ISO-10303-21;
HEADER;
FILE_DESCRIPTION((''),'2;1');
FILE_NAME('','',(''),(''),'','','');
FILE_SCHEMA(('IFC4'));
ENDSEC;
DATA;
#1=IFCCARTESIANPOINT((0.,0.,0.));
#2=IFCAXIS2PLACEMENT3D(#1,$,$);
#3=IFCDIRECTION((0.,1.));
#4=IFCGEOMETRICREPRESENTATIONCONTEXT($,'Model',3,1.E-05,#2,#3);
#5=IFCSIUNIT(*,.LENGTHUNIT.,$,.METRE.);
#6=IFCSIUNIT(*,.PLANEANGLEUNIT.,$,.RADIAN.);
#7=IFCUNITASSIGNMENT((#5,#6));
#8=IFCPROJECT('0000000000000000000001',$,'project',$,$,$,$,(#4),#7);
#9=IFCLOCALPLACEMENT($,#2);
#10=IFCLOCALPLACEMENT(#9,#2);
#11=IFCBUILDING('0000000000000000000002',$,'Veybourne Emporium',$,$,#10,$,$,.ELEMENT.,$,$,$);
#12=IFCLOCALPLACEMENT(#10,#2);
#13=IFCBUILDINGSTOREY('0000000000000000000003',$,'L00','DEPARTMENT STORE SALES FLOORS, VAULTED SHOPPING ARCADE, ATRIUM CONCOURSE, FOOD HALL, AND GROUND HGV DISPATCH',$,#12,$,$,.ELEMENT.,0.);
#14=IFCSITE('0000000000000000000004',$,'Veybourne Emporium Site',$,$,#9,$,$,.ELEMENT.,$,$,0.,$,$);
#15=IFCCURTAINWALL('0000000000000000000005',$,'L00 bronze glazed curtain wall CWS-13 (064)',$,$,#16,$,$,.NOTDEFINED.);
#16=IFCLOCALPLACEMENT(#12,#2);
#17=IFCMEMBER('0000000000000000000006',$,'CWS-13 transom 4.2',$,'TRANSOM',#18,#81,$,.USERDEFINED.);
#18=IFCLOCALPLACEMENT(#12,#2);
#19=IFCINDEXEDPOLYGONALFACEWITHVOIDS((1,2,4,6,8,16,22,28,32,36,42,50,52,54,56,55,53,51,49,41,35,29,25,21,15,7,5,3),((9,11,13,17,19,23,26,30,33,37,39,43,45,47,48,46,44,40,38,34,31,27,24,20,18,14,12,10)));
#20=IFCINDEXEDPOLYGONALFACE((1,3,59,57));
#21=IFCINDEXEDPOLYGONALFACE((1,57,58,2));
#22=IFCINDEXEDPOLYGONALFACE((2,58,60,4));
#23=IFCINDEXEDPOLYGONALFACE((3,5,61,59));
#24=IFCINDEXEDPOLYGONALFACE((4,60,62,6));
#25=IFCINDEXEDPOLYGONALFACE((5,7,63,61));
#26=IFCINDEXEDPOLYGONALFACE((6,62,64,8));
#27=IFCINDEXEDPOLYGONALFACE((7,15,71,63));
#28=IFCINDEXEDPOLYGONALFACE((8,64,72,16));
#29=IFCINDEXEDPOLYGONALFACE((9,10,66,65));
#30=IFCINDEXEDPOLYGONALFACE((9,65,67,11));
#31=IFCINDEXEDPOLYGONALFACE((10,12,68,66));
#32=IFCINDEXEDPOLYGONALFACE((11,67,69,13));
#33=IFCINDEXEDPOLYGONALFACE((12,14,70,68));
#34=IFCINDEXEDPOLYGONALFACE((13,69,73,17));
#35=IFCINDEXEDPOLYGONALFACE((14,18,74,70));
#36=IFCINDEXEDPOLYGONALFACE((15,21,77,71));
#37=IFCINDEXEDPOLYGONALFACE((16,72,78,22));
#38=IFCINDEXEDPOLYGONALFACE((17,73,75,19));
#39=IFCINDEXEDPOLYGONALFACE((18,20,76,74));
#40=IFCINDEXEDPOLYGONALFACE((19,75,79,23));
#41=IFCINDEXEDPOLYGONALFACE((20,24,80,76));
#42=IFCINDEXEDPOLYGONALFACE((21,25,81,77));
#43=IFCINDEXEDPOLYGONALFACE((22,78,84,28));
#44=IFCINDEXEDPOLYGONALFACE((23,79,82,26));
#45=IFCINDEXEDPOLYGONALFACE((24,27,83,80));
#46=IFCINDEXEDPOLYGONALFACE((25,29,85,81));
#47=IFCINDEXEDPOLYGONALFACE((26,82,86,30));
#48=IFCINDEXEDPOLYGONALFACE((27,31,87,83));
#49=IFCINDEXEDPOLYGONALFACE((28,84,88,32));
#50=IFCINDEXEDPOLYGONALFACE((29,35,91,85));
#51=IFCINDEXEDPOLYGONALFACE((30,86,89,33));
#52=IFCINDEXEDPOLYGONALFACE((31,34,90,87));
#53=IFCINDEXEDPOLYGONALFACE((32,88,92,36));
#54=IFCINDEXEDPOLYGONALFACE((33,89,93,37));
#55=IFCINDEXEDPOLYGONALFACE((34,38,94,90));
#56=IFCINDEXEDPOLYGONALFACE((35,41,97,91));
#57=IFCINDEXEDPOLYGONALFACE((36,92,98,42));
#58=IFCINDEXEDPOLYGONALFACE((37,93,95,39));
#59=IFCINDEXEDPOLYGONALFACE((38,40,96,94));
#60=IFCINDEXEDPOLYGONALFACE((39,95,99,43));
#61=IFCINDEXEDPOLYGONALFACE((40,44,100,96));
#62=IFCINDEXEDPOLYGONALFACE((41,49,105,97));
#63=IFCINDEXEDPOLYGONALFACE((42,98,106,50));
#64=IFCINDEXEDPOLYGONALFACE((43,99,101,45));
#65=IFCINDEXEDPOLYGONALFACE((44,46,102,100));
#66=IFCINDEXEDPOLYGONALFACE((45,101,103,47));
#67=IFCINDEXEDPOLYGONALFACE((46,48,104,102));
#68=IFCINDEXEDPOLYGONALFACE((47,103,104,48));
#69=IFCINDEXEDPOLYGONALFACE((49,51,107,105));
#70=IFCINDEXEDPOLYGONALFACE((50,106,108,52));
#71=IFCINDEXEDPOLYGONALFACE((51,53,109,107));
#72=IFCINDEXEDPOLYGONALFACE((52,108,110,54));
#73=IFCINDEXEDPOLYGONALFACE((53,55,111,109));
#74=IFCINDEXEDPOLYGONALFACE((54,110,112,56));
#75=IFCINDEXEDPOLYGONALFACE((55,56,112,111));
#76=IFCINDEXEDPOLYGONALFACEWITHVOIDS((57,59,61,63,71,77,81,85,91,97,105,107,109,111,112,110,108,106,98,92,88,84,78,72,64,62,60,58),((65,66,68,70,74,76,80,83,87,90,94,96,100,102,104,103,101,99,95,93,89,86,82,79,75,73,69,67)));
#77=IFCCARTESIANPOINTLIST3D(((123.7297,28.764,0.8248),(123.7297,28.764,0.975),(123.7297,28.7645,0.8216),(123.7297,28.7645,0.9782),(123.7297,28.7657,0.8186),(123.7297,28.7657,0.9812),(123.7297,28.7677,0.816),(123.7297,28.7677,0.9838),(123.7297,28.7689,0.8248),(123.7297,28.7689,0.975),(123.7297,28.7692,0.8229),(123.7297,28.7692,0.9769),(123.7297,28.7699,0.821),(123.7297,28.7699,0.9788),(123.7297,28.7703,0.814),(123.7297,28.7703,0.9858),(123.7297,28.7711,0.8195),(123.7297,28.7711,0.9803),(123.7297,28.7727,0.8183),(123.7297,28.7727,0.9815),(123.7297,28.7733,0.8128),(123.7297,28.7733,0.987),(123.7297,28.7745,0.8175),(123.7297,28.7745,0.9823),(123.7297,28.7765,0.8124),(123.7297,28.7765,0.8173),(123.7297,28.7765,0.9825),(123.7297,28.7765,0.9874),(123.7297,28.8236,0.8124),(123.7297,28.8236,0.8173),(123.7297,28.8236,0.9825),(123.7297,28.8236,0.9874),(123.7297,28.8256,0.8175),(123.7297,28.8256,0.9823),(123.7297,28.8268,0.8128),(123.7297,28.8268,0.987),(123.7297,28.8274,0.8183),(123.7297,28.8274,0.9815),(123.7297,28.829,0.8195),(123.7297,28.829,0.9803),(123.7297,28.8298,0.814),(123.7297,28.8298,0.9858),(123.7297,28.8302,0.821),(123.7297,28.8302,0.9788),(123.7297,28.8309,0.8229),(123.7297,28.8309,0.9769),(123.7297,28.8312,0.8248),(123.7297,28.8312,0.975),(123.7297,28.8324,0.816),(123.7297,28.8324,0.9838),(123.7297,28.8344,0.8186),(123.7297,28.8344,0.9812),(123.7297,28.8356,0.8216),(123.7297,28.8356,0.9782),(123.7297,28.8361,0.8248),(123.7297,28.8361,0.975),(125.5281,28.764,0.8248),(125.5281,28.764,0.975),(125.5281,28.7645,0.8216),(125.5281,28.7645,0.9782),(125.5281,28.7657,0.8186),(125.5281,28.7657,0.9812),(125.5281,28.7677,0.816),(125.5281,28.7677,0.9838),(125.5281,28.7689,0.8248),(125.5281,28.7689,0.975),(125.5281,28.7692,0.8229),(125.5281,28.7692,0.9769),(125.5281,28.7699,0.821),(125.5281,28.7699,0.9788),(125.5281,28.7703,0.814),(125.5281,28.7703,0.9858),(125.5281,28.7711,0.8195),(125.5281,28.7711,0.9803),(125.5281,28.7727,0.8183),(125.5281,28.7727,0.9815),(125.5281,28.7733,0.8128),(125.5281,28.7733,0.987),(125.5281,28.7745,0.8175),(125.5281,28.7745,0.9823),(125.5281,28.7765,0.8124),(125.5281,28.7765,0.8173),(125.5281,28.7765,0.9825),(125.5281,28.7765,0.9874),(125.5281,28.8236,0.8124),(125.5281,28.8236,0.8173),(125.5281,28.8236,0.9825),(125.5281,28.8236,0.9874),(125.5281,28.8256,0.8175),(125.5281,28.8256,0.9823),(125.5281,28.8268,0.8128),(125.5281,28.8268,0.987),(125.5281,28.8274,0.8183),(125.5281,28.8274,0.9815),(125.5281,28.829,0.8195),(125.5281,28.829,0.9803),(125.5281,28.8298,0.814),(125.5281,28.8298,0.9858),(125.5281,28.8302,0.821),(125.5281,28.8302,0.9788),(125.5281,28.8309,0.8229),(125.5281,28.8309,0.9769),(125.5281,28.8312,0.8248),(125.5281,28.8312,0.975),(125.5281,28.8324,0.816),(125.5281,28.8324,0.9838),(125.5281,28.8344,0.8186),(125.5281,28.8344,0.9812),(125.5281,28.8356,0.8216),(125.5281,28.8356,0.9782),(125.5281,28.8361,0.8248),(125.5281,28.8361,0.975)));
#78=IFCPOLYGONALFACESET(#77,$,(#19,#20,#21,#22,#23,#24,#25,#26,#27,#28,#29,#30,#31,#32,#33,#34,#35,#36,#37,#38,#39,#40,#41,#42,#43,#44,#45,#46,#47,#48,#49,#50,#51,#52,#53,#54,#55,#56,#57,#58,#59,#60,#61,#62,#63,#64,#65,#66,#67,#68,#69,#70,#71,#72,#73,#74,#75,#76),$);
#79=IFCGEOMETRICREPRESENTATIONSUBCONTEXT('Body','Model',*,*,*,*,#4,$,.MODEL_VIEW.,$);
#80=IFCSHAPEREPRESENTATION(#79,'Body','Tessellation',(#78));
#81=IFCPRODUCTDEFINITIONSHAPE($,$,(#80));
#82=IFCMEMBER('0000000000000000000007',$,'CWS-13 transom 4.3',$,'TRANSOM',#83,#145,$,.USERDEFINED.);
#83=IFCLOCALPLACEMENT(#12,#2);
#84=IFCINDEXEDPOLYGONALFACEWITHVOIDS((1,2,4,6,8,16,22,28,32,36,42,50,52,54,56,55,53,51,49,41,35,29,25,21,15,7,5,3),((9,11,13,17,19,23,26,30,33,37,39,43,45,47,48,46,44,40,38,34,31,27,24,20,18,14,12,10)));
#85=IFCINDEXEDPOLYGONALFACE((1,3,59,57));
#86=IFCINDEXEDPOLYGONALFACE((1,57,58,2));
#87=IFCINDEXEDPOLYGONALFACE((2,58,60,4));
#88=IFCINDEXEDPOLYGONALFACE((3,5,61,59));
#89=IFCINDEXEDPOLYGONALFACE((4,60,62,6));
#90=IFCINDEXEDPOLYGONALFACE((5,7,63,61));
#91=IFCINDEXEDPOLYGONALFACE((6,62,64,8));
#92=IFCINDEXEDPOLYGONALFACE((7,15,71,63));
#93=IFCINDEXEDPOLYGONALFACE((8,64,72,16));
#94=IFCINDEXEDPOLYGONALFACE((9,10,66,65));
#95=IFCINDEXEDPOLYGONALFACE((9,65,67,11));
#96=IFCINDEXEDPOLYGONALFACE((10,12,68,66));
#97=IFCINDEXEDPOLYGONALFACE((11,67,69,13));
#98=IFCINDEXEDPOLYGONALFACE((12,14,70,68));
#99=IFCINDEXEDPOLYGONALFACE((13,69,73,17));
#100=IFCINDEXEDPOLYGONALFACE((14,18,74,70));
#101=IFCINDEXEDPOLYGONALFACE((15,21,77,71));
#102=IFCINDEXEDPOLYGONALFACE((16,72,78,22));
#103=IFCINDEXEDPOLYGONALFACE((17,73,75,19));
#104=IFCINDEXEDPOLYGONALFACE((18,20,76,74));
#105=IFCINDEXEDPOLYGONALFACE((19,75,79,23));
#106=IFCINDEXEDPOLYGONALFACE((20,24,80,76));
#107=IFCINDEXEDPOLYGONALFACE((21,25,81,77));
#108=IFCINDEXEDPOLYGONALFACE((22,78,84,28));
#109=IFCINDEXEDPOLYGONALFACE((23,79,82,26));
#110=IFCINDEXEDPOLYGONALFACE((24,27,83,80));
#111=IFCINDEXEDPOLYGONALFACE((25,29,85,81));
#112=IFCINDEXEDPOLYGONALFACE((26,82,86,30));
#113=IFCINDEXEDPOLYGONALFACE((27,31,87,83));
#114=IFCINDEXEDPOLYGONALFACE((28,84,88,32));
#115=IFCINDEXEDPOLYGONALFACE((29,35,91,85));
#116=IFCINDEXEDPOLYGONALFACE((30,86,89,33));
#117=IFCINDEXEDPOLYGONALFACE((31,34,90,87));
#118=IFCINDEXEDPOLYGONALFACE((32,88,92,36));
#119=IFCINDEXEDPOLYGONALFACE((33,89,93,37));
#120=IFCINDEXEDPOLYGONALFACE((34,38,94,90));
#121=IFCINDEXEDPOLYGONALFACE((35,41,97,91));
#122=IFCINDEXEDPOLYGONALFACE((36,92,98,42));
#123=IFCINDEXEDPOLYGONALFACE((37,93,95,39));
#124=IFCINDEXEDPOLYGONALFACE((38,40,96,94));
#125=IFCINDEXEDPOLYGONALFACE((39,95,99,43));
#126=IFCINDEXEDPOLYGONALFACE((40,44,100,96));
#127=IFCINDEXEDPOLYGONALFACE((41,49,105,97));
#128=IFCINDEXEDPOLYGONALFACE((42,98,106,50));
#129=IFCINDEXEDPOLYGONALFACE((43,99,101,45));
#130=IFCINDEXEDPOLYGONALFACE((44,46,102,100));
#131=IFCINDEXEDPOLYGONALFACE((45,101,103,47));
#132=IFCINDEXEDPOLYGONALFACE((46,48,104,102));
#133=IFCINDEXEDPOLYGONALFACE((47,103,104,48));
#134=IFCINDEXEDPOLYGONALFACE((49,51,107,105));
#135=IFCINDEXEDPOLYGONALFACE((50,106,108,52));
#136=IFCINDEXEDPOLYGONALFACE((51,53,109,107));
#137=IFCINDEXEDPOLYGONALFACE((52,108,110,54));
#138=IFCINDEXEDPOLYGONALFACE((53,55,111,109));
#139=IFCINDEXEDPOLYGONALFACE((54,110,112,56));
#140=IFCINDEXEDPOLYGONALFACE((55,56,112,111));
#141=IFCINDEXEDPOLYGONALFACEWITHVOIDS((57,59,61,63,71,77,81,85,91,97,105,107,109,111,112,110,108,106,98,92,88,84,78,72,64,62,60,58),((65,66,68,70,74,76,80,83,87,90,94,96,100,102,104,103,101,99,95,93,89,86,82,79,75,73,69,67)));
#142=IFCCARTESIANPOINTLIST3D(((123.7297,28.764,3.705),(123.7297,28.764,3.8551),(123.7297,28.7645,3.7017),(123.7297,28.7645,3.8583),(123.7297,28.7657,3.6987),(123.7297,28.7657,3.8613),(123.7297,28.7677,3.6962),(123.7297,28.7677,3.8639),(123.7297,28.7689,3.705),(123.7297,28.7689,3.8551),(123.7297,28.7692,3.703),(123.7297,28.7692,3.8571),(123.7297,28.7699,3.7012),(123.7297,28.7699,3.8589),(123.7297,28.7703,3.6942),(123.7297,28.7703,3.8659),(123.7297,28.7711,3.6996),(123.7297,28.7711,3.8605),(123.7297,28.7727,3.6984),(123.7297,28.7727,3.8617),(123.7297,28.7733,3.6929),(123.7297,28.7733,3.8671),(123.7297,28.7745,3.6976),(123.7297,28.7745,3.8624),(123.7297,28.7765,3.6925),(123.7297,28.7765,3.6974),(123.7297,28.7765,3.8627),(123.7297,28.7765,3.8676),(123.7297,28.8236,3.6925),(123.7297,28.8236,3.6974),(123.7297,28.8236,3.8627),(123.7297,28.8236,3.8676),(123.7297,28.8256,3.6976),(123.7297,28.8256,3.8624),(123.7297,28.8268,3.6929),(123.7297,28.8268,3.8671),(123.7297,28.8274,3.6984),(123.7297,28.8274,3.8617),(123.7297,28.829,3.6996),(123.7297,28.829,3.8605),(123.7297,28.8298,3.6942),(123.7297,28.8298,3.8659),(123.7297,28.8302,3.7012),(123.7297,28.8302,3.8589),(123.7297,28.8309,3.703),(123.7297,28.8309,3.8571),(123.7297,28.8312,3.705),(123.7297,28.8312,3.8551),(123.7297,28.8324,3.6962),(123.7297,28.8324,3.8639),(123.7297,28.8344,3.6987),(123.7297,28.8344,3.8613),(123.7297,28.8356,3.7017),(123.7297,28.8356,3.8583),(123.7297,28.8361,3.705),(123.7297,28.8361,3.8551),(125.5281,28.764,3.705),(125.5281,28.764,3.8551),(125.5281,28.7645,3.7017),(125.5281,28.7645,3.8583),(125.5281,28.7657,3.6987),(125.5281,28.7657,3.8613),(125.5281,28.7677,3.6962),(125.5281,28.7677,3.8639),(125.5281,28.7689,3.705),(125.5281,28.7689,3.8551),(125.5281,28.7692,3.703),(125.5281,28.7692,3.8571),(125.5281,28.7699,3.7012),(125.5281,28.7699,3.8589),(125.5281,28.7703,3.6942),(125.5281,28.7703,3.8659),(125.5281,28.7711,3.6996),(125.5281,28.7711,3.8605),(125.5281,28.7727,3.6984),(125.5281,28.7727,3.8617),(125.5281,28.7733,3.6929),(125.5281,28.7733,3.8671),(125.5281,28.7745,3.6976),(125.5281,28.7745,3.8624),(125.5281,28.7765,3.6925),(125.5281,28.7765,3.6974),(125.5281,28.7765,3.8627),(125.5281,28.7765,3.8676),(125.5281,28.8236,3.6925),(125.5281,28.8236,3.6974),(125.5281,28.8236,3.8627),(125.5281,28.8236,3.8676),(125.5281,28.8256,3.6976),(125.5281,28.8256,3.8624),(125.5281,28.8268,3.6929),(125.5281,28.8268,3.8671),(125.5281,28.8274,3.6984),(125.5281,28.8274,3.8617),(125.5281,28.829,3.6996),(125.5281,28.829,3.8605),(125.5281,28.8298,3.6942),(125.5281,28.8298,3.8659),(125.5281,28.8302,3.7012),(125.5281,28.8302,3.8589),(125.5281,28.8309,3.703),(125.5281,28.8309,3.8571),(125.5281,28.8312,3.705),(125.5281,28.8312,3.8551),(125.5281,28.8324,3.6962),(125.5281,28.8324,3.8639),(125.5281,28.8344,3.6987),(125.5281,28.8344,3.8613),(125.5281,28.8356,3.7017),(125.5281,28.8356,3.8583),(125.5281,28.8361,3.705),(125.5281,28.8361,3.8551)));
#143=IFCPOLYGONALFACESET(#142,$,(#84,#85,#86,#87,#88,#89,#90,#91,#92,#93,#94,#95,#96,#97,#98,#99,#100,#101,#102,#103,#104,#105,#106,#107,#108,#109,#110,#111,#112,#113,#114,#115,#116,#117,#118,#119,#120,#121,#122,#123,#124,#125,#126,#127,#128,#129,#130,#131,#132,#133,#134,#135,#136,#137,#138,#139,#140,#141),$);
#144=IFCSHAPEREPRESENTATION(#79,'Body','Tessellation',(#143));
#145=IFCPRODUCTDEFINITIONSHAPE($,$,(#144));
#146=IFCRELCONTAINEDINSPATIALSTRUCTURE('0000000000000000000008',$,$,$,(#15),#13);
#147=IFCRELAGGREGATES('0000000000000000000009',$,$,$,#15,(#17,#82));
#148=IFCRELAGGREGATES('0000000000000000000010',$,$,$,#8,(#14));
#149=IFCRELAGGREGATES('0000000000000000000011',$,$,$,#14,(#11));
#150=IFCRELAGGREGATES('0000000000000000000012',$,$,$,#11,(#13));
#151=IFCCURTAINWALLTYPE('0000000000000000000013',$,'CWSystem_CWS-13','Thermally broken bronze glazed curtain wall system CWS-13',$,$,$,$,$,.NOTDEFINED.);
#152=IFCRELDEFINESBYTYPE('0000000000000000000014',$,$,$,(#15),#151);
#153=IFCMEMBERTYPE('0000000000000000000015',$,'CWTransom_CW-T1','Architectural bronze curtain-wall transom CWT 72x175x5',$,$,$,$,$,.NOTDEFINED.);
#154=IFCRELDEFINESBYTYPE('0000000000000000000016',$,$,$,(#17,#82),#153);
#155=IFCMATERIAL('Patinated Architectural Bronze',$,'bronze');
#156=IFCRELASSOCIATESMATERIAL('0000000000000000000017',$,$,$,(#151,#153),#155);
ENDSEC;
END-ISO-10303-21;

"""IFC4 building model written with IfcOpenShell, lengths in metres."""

from ifc_helpers import new_model, si_unit, direction, frame, origin, origin_2d, place, context, subcontext, project, spatial, hollow_rectangle, extrude, material, material_profile, profile_set, type_object, element, aggregate, save


model = new_model("IFC4")

# Units and contexts
model_context = context("Model", 3, precision=1e-05, world=origin(), true_north=direction((0.0, 1.0)))
body_context = subcontext(model_context, "Body", "Model", "MODEL_VIEW")
ifc_project = project(units=[si_unit("LENGTHUNIT", "METRE"), si_unit("PLANEANGLEUNIT", "RADIAN")], contexts=[model_context])

# Site, building, storey
site_placement = place(None, origin())
site = spatial("IfcSite", under=ifc_project, at=site_placement, Name="Veybourne Emporium Site", CompositionType="ELEMENT", RefElevation=0.0)
building_placement = place(site_placement, origin())
building = spatial("IfcBuilding", under=site, at=building_placement, Name="Veybourne Emporium", CompositionType="ELEMENT")
storey_placement = place(building_placement, origin())
storey = spatial("IfcBuildingStorey", under=building, at=storey_placement, Name="L00", Description="DEPARTMENT STORE SALES FLOORS, VAULTED SHOPPING ARCADE, ATRIUM CONCOURSE, FOOD HALL, AND GROUND HGV DISPATCH", CompositionType="ELEMENT", Elevation=0.0)

# Curtain wall
ifc_material_1 = material(Name="Patinated Architectural Bronze", Category="bronze")
curtain_wall_type_1 = type_object("IfcCurtainWallType", Name="CWSystem_CWS-13", Description="Thermally broken bronze glazed curtain wall system CWS-13", PredefinedType="NOTDEFINED", material=ifc_material_1)
curtain_wall_1_placement = place(storey_placement, origin())
curtain_wall_1 = element("IfcCurtainWall", 1, at=curtain_wall_1_placement, inside=storey, type_object=curtain_wall_type_1, Name="L00 bronze glazed curtain wall CWS-13 (064)", PredefinedType="NOTDEFINED")

# Members
ifc_material_profile_1 = material_profile(ifc_material_1, hollow_rectangle(XDim=0.072, YDim=0.175, WallThickness=0.0049, InnerFilletRadius=0.0076, OuterFilletRadius=0.0125, at=origin_2d()), Name="CWT 72x175x5")
ifc_profile_set_1 = profile_set([ifc_material_profile_1], Name="Patinated Architectural Bronze")
member_type_1 = type_object("IfcMemberType", Name="CWTransom_CW-T1", Description="Architectural bronze curtain-wall transom CWT 72x175x5", PredefinedType="NOTDEFINED", material=ifc_profile_set_1)
member_1_placement = place(storey_placement, frame((123.7297, 28.8, 0.8999), z_axis=(1.0, 0.0, 0.0), x_axis=(0.0, 1.0, 0.0)))
member_1 = element("IfcMember", 2, at=member_1_placement, type_object=member_type_1, Name="CWS-13 transom 4.2", ObjectType="TRANSOM", PredefinedType="USERDEFINED", context=body_context, shape_type="SweptSolid", body=[
    extrude(hollow_rectangle(XDim=0.072, YDim=0.175, WallThickness=0.0049, InnerFilletRadius=0.0076, OuterFilletRadius=0.0125, at=origin_2d()), origin(), (0.0, 0.0, 1.0), 1.7983),
])
member_2_placement = place(storey_placement, frame((123.7297, 28.8, 3.78), z_axis=(1.0, 0.0, 0.0), x_axis=(0.0, 1.0, 0.0)))
member_2 = element("IfcMember", 3, at=member_2_placement, type_object=member_type_1, Name="CWS-13 transom 4.3", ObjectType="TRANSOM", PredefinedType="USERDEFINED", context=body_context, shape_type="SweptSolid", body=[
    extrude(hollow_rectangle(XDim=0.072, YDim=0.175, WallThickness=0.0049, InnerFilletRadius=0.0076, OuterFilletRadius=0.0125, at=origin_2d()), origin(), (0.0, 0.0, 1.0), 1.7983),
])

aggregate(curtain_wall_1, [member_1, member_2])

save(model, "model.ifc")
